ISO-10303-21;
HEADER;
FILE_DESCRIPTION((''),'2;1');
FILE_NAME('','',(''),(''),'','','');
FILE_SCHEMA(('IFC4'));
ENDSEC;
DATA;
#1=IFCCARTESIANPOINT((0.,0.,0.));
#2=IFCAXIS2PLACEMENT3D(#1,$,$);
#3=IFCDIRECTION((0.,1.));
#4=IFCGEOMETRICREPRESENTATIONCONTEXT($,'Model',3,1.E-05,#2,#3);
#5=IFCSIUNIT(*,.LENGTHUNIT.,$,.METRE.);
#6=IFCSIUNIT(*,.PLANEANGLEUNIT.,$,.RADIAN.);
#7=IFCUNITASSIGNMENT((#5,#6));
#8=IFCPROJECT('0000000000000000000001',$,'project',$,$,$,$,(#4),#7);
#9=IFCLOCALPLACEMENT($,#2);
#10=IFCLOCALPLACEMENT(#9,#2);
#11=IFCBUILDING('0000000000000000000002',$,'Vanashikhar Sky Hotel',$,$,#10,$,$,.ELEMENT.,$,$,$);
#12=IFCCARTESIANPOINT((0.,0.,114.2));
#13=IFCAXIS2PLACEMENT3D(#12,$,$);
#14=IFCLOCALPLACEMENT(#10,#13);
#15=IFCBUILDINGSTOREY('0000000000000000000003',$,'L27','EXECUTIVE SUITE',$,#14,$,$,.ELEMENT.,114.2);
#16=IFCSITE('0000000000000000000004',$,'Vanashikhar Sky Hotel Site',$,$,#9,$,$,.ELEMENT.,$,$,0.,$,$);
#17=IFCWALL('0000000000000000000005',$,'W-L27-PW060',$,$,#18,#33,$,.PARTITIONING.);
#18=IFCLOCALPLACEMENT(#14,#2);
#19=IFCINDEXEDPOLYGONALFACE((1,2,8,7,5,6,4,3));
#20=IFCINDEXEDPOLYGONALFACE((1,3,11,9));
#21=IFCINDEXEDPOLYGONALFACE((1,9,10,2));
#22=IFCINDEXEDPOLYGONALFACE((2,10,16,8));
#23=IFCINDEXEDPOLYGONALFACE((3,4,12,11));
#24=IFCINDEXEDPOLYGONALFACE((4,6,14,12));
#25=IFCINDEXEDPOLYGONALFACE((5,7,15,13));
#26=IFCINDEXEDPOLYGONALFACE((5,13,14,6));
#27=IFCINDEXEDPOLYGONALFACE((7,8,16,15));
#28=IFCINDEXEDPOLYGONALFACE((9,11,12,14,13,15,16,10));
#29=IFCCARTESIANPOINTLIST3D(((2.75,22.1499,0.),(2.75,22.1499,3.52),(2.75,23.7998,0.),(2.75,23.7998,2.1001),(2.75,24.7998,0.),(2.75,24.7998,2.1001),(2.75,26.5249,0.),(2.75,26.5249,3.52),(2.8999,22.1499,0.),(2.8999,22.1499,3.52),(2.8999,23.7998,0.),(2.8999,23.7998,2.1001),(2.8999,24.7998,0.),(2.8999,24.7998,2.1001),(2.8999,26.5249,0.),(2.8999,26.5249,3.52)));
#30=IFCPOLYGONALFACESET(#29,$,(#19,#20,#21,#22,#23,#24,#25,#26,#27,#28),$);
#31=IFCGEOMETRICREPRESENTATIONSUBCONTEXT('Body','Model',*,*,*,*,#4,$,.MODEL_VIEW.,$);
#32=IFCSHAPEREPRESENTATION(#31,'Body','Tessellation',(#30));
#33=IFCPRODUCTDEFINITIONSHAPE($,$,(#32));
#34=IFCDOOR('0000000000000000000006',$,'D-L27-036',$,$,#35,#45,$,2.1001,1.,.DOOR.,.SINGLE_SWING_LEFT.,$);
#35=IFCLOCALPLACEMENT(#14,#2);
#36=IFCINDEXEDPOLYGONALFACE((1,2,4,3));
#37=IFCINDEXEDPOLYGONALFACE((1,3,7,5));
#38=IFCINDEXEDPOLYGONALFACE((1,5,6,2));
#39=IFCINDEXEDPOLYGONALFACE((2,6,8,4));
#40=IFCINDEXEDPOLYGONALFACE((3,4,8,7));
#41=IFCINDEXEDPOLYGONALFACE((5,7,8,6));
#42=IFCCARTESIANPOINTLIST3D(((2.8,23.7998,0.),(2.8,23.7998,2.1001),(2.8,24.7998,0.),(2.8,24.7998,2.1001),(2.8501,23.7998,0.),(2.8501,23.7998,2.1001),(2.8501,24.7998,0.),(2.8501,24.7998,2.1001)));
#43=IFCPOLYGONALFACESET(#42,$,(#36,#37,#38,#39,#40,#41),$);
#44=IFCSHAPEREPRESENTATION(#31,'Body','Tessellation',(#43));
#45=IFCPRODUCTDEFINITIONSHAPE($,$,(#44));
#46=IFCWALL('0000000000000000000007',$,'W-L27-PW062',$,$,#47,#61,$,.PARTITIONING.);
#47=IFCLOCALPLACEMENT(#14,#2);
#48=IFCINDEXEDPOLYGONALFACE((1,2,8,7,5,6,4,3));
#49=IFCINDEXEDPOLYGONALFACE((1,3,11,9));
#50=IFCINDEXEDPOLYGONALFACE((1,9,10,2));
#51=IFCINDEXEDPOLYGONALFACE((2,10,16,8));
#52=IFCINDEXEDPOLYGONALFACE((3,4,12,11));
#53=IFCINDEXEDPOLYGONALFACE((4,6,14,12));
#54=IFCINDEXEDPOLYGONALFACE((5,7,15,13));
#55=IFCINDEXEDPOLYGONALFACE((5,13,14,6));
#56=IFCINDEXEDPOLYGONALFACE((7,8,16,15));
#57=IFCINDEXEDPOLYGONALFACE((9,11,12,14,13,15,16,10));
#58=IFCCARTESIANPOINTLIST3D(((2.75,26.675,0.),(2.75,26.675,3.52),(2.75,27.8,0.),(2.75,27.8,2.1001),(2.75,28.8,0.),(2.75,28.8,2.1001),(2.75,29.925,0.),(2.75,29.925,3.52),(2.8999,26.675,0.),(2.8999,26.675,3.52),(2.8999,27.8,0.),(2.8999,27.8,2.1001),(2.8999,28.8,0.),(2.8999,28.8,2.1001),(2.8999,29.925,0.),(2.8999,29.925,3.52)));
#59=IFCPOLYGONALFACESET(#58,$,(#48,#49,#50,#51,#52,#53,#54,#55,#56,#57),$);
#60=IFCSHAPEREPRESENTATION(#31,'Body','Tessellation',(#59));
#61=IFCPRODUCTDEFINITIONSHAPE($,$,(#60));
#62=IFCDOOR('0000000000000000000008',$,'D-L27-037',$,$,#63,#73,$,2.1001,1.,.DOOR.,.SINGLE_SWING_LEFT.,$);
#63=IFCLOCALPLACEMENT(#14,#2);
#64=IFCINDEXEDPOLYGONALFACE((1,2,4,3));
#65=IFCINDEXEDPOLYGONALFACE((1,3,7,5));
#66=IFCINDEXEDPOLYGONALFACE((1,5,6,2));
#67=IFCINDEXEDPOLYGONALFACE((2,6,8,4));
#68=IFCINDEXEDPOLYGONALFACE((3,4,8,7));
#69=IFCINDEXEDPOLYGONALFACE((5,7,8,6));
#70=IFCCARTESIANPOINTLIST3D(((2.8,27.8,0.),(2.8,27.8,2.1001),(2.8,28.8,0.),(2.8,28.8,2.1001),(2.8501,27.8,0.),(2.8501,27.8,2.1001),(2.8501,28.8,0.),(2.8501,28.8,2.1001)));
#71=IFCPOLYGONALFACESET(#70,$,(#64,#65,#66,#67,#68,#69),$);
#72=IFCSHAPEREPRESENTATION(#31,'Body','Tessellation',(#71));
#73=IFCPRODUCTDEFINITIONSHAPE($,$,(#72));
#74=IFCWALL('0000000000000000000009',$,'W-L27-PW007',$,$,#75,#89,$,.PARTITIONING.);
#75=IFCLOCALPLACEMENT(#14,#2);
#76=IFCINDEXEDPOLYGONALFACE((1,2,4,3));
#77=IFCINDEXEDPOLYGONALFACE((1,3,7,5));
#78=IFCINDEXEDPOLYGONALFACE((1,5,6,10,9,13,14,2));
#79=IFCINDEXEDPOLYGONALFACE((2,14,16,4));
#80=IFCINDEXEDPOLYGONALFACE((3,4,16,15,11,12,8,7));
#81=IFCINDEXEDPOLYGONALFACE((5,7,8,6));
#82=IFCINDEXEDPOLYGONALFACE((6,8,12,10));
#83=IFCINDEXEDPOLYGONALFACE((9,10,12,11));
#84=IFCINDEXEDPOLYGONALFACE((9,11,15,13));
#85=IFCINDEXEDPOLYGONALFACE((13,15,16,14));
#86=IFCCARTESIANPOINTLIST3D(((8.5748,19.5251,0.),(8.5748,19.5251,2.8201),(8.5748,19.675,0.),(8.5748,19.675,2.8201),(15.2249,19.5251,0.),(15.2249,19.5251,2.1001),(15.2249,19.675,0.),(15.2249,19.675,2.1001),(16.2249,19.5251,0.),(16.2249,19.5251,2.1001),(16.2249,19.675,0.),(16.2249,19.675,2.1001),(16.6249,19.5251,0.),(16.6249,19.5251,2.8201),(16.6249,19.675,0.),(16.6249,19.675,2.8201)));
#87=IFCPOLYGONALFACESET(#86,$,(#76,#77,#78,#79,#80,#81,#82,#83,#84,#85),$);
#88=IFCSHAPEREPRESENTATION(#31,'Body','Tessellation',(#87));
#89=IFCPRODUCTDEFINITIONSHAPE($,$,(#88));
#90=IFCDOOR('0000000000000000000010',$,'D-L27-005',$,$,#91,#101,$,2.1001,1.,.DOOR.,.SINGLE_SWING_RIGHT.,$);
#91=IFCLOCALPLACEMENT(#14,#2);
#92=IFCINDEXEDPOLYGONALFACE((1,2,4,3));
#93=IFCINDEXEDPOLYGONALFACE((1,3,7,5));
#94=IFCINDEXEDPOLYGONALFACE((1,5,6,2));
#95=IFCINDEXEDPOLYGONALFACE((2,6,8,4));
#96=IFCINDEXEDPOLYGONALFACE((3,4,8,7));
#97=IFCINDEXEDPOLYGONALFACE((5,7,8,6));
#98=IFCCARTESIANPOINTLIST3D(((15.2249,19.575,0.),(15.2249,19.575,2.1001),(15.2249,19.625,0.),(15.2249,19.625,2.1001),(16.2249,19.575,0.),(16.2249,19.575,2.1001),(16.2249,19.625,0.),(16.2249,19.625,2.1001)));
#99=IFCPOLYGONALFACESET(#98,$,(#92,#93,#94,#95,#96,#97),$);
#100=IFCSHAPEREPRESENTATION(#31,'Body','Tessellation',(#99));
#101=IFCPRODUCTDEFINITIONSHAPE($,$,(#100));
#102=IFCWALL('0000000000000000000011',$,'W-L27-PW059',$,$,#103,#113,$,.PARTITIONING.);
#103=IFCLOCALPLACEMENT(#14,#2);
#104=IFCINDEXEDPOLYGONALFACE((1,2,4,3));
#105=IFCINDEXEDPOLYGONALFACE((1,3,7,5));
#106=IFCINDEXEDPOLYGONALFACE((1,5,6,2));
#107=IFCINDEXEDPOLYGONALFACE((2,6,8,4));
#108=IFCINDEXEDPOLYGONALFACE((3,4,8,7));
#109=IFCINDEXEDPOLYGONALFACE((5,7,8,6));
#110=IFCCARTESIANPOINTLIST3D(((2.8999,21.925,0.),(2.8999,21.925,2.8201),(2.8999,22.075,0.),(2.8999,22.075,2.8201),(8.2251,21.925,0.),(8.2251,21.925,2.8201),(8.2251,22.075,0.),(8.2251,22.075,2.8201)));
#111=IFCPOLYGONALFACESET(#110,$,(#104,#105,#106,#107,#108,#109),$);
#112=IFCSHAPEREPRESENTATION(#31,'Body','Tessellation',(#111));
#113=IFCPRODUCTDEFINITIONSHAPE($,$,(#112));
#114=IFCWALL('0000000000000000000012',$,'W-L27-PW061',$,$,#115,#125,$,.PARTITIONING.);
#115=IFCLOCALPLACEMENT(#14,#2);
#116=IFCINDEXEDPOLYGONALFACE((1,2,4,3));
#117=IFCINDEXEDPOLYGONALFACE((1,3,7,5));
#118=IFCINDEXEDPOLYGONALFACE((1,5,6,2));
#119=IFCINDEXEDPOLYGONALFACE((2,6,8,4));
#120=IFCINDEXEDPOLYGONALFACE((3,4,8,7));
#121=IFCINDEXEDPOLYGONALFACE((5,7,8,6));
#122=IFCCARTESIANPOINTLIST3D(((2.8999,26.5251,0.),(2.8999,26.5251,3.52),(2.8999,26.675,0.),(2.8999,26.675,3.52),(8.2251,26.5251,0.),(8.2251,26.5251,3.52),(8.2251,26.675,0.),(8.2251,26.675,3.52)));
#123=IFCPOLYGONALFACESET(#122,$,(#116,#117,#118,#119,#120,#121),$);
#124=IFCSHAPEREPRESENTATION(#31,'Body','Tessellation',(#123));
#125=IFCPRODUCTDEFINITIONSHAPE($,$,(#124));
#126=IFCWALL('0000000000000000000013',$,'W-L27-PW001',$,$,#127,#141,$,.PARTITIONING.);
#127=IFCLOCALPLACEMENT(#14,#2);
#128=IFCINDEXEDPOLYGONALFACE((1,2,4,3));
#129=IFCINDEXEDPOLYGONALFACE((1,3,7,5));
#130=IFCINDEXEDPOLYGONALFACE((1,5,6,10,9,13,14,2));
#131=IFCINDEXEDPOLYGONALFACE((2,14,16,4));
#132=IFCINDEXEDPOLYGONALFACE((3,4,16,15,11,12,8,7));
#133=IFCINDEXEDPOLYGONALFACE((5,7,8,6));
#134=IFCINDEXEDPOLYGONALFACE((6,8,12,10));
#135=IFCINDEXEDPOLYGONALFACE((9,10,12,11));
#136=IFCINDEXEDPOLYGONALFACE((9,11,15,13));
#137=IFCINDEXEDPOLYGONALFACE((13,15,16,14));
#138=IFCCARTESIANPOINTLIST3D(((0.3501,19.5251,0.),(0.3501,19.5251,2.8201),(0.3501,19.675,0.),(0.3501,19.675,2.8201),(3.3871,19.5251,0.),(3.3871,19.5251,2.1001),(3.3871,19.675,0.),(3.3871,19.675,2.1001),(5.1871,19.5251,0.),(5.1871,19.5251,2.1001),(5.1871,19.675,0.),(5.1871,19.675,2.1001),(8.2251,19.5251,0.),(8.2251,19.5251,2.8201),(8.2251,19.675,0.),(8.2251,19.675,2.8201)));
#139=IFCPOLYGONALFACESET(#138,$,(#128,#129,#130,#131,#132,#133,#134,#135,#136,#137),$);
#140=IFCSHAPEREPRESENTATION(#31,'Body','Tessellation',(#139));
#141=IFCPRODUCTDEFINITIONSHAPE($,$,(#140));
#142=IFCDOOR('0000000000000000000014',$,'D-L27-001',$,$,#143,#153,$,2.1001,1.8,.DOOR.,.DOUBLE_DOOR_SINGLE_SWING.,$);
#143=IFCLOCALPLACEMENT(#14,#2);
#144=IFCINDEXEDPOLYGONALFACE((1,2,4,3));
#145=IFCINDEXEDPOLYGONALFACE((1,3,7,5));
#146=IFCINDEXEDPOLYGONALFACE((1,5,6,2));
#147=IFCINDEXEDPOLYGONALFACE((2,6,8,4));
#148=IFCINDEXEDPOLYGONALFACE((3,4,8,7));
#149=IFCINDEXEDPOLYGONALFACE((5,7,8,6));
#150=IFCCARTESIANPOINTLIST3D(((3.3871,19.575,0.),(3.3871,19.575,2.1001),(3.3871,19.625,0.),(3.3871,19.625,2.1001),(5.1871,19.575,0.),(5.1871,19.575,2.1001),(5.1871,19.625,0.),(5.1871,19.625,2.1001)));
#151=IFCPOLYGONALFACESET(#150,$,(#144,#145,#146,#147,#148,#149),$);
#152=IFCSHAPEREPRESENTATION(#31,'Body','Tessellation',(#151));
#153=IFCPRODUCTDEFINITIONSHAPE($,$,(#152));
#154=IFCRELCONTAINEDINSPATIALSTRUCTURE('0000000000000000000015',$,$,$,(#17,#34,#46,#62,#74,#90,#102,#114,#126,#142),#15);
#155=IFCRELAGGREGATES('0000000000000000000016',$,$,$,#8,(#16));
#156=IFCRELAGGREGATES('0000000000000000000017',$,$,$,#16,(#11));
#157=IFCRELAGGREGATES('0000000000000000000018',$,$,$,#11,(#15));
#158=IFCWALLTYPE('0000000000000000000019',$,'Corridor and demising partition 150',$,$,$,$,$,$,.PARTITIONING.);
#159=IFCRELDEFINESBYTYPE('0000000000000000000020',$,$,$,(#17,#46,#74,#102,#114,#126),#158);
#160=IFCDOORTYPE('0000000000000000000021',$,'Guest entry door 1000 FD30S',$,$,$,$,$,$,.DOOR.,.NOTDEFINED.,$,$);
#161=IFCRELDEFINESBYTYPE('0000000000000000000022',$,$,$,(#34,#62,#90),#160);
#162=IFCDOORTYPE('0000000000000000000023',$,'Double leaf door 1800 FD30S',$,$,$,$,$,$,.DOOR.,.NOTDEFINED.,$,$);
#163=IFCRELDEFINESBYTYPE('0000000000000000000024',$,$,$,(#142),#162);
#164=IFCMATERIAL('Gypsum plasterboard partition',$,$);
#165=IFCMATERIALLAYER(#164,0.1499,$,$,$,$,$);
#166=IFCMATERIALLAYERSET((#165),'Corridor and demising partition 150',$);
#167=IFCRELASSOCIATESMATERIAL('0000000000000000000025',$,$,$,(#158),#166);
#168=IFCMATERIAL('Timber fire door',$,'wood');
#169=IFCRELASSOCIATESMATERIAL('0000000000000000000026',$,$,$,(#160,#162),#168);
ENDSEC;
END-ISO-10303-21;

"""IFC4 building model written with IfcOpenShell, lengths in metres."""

from ifc_helpers import new_model, si_unit, direction, frame, frame_2d, origin, place, context, subcontext, project, spatial, rectangle, extrude, source, transform, mapped, material, layer, layer_set, type_object, element, fill, save


model = new_model("IFC4")

# Units and contexts
model_context = context("Model", 3, precision=1e-05, world=origin(), true_north=direction((0.0, 1.0)))
body_context = subcontext(model_context, "Body", "Model", "MODEL_VIEW")
ifc_project = project(units=[si_unit("LENGTHUNIT", "METRE"), si_unit("PLANEANGLEUNIT", "RADIAN")], contexts=[model_context])

# Site, building, storey
site_placement = place(None, origin())
site = spatial("IfcSite", under=ifc_project, at=site_placement, Name="Vanashikhar Sky Hotel Site", CompositionType="ELEMENT", RefElevation=0.0)
building_placement = place(site_placement, origin())
building = spatial("IfcBuilding", under=site, at=building_placement, Name="Vanashikhar Sky Hotel", CompositionType="ELEMENT")
storey_placement = place(building_placement, frame((0.0, 0.0, 114.2)))
storey = spatial("IfcBuildingStorey", under=building, at=storey_placement, Name="L27", Description="EXECUTIVE SUITE", CompositionType="ELEMENT", Elevation=114.2)

# Walls, openings, doors
ifc_material_1 = material(Name="Gypsum plasterboard partition")
ifc_layer_1 = layer(ifc_material_1, 0.1499)
ifc_layer_set_1 = layer_set([ifc_layer_1], Name="Corridor and demising partition 150")
wall_type_1 = type_object("IfcWallType", Name="Corridor and demising partition 150", PredefinedType="PARTITIONING", material=ifc_layer_set_1)
shared_shape_1 = source(origin(), body_context, "Body", "SweptSolid", [
    extrude(rectangle(XDim=4.375, YDim=0.1499, at=frame_2d((2.1875, 0.0))), origin(), (0.0, 0.0, 1.0), 3.52),
])
wall_1_placement = place(storey_placement, frame((2.825, 22.1499, 0.0), z_axis=(0.0, 0.0, 1.0), x_axis=(0.0, 1.0, 0.0)))
wall_1 = element("IfcWall", 1, at=wall_1_placement, inside=storey, type_object=wall_type_1, Name="W-L27-PW060", PredefinedType="PARTITIONING", context=body_context, shape_type="MappedRepresentation", body=[
    mapped(shared_shape_1, transform((0.0, 0.0, 0.0), scale=1.0)),
])
shared_shape_2 = source(origin(), body_context, "Body", "SweptSolid", [
    extrude(rectangle(XDim=1.0, YDim=2.1001, at=frame_2d((0.5, 1.05))), frame((0.0, 0.085, 0.0), z_axis=(0.0, -1.0, 0.0), x_axis=(1.0, 0.0, 0.0)), (0.0, 0.0, 1.0), 0.1699),
])
opening_1_placement = place(wall_1_placement, frame((1.6499, 0.0, 0.0)))
opening_1 = element("IfcOpeningElement", 2, at=opening_1_placement, cuts=wall_1, PredefinedType="OPENING", context=body_context, shape_type="MappedRepresentation", body=[
    mapped(shared_shape_2, transform((0.0, 0.0, 0.0), scale=1.0)),
])
ifc_material_2 = material(Name="Timber fire door", Category="wood")
door_type_1 = type_object("IfcDoorType", Name="Guest entry door 1000 FD30S", OperationType="NOTDEFINED", PredefinedType="DOOR", material=ifc_material_2)
shared_shape_3 = source(origin(), body_context, "Body", "SweptSolid", [
    extrude(rectangle(XDim=1.0, YDim=2.1001, at=frame_2d((0.5, 1.05))), frame((0.0, 0.0249, 0.0), z_axis=(0.0, -1.0, 0.0), x_axis=(1.0, 0.0, 0.0)), (0.0, 0.0, 1.0), 0.05),
])
door_1_placement = place(opening_1_placement, origin())
door_1 = element("IfcDoor", 3, at=door_1_placement, inside=storey, type_object=door_type_1, Name="D-L27-036", OperationType="SINGLE_SWING_LEFT", OverallHeight=2.1001, OverallWidth=1.0, PredefinedType="DOOR", context=body_context, shape_type="MappedRepresentation", body=[
    mapped(shared_shape_3, transform((0.0, 0.0, 0.0), scale=1.0)),
])
fill(opening_1, door_1)
shared_shape_4 = source(origin(), body_context, "Body", "SweptSolid", [
    extrude(rectangle(XDim=3.25, YDim=0.1499, at=frame_2d((1.625, 0.0))), origin(), (0.0, 0.0, 1.0), 3.52),
])
wall_2_placement = place(storey_placement, frame((2.825, 26.675, 0.0), z_axis=(0.0, 0.0, 1.0), x_axis=(0.0, 1.0, 0.0)))
wall_2 = element("IfcWall", 4, at=wall_2_placement, inside=storey, type_object=wall_type_1, Name="W-L27-PW062", PredefinedType="PARTITIONING", context=body_context, shape_type="MappedRepresentation", body=[
    mapped(shared_shape_4, transform((0.0, 0.0, 0.0), scale=1.0)),
])
opening_2_placement = place(wall_2_placement, frame((1.125, 0.0, 0.0)))
opening_2 = element("IfcOpeningElement", 5, at=opening_2_placement, cuts=wall_2, PredefinedType="OPENING", context=body_context, shape_type="MappedRepresentation", body=[
    mapped(shared_shape_2, transform((0.0, 0.0, 0.0), scale=1.0)),
])
door_2_placement = place(opening_2_placement, origin())
door_2 = element("IfcDoor", 6, at=door_2_placement, inside=storey, type_object=door_type_1, Name="D-L27-037", OperationType="SINGLE_SWING_LEFT", OverallHeight=2.1001, OverallWidth=1.0, PredefinedType="DOOR", context=body_context, shape_type="MappedRepresentation", body=[
    mapped(shared_shape_3, transform((0.0, 0.0, 0.0), scale=1.0)),
])
fill(opening_2, door_2)
shared_shape_5 = source(origin(), body_context, "Body", "SweptSolid", [
    extrude(rectangle(XDim=8.05, YDim=0.1499, at=frame_2d((4.0249, 0.0))), origin(), (0.0, 0.0, 1.0), 2.8201),
])
wall_3_placement = place(storey_placement, frame((8.575, 19.6001, 0.0), z_axis=(0.0, 0.0, 1.0), x_axis=(1.0, 0.0, 0.0)))
wall_3 = element("IfcWall", 7, at=wall_3_placement, inside=storey, type_object=wall_type_1, Name="W-L27-PW007", PredefinedType="PARTITIONING", context=body_context, shape_type="MappedRepresentation", body=[
    mapped(shared_shape_5, transform((0.0, 0.0, 0.0), scale=1.0)),
])
opening_3_placement = place(wall_3_placement, frame((6.6499, 0.0, 0.0)))
opening_3 = element("IfcOpeningElement", 8, at=opening_3_placement, cuts=wall_3, PredefinedType="OPENING", context=body_context, shape_type="MappedRepresentation", body=[
    mapped(shared_shape_2, transform((0.0, 0.0, 0.0), scale=1.0)),
])
door_3_placement = place(opening_3_placement, origin())
door_3 = element("IfcDoor", 9, at=door_3_placement, inside=storey, type_object=door_type_1, Name="D-L27-005", OperationType="SINGLE_SWING_RIGHT", OverallHeight=2.1001, OverallWidth=1.0, PredefinedType="DOOR", context=body_context, shape_type="MappedRepresentation", body=[
    mapped(shared_shape_3, transform((0.0, 0.0, 0.0), scale=1.0)),
])
fill(opening_3, door_3)

# Walls
shared_shape_6 = source(origin(), body_context, "Body", "SweptSolid", [
    extrude(rectangle(XDim=5.3252, YDim=0.1499, at=frame_2d((2.6626, 0.0))), origin(), (0.0, 0.0, 1.0), 2.8201),
])
wall_4_placement = place(storey_placement, frame((2.8999, 22.0, 0.0), z_axis=(0.0, 0.0, 1.0), x_axis=(1.0, 0.0, 0.0)))
element("IfcWall", 10, at=wall_4_placement, inside=storey, type_object=wall_type_1, Name="W-L27-PW059", PredefinedType="PARTITIONING", context=body_context, shape_type="MappedRepresentation", body=[
    mapped(shared_shape_6, transform((0.0, 0.0, 0.0), scale=1.0)),
])
shared_shape_7 = source(origin(), body_context, "Body", "SweptSolid", [
    extrude(rectangle(XDim=5.3252, YDim=0.1499, at=frame_2d((2.6626, 0.0))), origin(), (0.0, 0.0, 1.0), 3.52),
])
wall_5_placement = place(storey_placement, frame((2.8999, 26.6001, 0.0), z_axis=(0.0, 0.0, 1.0), x_axis=(1.0, 0.0, 0.0)))
element("IfcWall", 11, at=wall_5_placement, inside=storey, type_object=wall_type_1, Name="W-L27-PW061", PredefinedType="PARTITIONING", context=body_context, shape_type="MappedRepresentation", body=[
    mapped(shared_shape_7, transform((0.0, 0.0, 0.0), scale=1.0)),
])

# Wall, opening, door
shared_shape_8 = source(origin(), body_context, "Body", "SweptSolid", [
    extrude(rectangle(XDim=7.875, YDim=0.1499, at=frame_2d((3.9375, 0.0))), origin(), (0.0, 0.0, 1.0), 2.8201),
])
wall_6_placement = place(storey_placement, frame((0.3501, 19.6001, 0.0), z_axis=(0.0, 0.0, 1.0), x_axis=(1.0, 0.0, 0.0)))
wall_6 = element("IfcWall", 12, at=wall_6_placement, inside=storey, type_object=wall_type_1, Name="W-L27-PW001", PredefinedType="PARTITIONING", context=body_context, shape_type="MappedRepresentation", body=[
    mapped(shared_shape_8, transform((0.0, 0.0, 0.0), scale=1.0)),
])
shared_shape_9 = source(origin(), body_context, "Body", "SweptSolid", [
    extrude(rectangle(XDim=1.8, YDim=2.1001, at=frame_2d((0.8999, 1.05))), frame((0.0, 0.085, 0.0), z_axis=(0.0, -1.0, 0.0), x_axis=(1.0, 0.0, 0.0)), (0.0, 0.0, 1.0), 0.1699),
])
opening_4_placement = place(wall_6_placement, frame((3.0371, 0.0, 0.0)))
opening_4 = element("IfcOpeningElement", 13, at=opening_4_placement, cuts=wall_6, PredefinedType="OPENING", context=body_context, shape_type="MappedRepresentation", body=[
    mapped(shared_shape_9, transform((0.0, 0.0, 0.0), scale=1.0)),
])
door_type_2 = type_object("IfcDoorType", Name="Double leaf door 1800 FD30S", OperationType="NOTDEFINED", PredefinedType="DOOR", material=ifc_material_2)
shared_shape_10 = source(origin(), body_context, "Body", "SweptSolid", [
    extrude(rectangle(XDim=1.8, YDim=2.1001, at=frame_2d((0.8999, 1.05))), frame((0.0, 0.0249, 0.0), z_axis=(0.0, -1.0, 0.0), x_axis=(1.0, 0.0, 0.0)), (0.0, 0.0, 1.0), 0.05),
])
door_4_placement = place(opening_4_placement, origin())
door_4 = element("IfcDoor", 14, at=door_4_placement, inside=storey, type_object=door_type_2, Name="D-L27-001", OperationType="DOUBLE_DOOR_SINGLE_SWING", OverallHeight=2.1001, OverallWidth=1.8, PredefinedType="DOOR", context=body_context, shape_type="MappedRepresentation", body=[
    mapped(shared_shape_10, transform((0.0, 0.0, 0.0), scale=1.0)),
])
fill(opening_4, door_4)

save(model, "model.ifc")
